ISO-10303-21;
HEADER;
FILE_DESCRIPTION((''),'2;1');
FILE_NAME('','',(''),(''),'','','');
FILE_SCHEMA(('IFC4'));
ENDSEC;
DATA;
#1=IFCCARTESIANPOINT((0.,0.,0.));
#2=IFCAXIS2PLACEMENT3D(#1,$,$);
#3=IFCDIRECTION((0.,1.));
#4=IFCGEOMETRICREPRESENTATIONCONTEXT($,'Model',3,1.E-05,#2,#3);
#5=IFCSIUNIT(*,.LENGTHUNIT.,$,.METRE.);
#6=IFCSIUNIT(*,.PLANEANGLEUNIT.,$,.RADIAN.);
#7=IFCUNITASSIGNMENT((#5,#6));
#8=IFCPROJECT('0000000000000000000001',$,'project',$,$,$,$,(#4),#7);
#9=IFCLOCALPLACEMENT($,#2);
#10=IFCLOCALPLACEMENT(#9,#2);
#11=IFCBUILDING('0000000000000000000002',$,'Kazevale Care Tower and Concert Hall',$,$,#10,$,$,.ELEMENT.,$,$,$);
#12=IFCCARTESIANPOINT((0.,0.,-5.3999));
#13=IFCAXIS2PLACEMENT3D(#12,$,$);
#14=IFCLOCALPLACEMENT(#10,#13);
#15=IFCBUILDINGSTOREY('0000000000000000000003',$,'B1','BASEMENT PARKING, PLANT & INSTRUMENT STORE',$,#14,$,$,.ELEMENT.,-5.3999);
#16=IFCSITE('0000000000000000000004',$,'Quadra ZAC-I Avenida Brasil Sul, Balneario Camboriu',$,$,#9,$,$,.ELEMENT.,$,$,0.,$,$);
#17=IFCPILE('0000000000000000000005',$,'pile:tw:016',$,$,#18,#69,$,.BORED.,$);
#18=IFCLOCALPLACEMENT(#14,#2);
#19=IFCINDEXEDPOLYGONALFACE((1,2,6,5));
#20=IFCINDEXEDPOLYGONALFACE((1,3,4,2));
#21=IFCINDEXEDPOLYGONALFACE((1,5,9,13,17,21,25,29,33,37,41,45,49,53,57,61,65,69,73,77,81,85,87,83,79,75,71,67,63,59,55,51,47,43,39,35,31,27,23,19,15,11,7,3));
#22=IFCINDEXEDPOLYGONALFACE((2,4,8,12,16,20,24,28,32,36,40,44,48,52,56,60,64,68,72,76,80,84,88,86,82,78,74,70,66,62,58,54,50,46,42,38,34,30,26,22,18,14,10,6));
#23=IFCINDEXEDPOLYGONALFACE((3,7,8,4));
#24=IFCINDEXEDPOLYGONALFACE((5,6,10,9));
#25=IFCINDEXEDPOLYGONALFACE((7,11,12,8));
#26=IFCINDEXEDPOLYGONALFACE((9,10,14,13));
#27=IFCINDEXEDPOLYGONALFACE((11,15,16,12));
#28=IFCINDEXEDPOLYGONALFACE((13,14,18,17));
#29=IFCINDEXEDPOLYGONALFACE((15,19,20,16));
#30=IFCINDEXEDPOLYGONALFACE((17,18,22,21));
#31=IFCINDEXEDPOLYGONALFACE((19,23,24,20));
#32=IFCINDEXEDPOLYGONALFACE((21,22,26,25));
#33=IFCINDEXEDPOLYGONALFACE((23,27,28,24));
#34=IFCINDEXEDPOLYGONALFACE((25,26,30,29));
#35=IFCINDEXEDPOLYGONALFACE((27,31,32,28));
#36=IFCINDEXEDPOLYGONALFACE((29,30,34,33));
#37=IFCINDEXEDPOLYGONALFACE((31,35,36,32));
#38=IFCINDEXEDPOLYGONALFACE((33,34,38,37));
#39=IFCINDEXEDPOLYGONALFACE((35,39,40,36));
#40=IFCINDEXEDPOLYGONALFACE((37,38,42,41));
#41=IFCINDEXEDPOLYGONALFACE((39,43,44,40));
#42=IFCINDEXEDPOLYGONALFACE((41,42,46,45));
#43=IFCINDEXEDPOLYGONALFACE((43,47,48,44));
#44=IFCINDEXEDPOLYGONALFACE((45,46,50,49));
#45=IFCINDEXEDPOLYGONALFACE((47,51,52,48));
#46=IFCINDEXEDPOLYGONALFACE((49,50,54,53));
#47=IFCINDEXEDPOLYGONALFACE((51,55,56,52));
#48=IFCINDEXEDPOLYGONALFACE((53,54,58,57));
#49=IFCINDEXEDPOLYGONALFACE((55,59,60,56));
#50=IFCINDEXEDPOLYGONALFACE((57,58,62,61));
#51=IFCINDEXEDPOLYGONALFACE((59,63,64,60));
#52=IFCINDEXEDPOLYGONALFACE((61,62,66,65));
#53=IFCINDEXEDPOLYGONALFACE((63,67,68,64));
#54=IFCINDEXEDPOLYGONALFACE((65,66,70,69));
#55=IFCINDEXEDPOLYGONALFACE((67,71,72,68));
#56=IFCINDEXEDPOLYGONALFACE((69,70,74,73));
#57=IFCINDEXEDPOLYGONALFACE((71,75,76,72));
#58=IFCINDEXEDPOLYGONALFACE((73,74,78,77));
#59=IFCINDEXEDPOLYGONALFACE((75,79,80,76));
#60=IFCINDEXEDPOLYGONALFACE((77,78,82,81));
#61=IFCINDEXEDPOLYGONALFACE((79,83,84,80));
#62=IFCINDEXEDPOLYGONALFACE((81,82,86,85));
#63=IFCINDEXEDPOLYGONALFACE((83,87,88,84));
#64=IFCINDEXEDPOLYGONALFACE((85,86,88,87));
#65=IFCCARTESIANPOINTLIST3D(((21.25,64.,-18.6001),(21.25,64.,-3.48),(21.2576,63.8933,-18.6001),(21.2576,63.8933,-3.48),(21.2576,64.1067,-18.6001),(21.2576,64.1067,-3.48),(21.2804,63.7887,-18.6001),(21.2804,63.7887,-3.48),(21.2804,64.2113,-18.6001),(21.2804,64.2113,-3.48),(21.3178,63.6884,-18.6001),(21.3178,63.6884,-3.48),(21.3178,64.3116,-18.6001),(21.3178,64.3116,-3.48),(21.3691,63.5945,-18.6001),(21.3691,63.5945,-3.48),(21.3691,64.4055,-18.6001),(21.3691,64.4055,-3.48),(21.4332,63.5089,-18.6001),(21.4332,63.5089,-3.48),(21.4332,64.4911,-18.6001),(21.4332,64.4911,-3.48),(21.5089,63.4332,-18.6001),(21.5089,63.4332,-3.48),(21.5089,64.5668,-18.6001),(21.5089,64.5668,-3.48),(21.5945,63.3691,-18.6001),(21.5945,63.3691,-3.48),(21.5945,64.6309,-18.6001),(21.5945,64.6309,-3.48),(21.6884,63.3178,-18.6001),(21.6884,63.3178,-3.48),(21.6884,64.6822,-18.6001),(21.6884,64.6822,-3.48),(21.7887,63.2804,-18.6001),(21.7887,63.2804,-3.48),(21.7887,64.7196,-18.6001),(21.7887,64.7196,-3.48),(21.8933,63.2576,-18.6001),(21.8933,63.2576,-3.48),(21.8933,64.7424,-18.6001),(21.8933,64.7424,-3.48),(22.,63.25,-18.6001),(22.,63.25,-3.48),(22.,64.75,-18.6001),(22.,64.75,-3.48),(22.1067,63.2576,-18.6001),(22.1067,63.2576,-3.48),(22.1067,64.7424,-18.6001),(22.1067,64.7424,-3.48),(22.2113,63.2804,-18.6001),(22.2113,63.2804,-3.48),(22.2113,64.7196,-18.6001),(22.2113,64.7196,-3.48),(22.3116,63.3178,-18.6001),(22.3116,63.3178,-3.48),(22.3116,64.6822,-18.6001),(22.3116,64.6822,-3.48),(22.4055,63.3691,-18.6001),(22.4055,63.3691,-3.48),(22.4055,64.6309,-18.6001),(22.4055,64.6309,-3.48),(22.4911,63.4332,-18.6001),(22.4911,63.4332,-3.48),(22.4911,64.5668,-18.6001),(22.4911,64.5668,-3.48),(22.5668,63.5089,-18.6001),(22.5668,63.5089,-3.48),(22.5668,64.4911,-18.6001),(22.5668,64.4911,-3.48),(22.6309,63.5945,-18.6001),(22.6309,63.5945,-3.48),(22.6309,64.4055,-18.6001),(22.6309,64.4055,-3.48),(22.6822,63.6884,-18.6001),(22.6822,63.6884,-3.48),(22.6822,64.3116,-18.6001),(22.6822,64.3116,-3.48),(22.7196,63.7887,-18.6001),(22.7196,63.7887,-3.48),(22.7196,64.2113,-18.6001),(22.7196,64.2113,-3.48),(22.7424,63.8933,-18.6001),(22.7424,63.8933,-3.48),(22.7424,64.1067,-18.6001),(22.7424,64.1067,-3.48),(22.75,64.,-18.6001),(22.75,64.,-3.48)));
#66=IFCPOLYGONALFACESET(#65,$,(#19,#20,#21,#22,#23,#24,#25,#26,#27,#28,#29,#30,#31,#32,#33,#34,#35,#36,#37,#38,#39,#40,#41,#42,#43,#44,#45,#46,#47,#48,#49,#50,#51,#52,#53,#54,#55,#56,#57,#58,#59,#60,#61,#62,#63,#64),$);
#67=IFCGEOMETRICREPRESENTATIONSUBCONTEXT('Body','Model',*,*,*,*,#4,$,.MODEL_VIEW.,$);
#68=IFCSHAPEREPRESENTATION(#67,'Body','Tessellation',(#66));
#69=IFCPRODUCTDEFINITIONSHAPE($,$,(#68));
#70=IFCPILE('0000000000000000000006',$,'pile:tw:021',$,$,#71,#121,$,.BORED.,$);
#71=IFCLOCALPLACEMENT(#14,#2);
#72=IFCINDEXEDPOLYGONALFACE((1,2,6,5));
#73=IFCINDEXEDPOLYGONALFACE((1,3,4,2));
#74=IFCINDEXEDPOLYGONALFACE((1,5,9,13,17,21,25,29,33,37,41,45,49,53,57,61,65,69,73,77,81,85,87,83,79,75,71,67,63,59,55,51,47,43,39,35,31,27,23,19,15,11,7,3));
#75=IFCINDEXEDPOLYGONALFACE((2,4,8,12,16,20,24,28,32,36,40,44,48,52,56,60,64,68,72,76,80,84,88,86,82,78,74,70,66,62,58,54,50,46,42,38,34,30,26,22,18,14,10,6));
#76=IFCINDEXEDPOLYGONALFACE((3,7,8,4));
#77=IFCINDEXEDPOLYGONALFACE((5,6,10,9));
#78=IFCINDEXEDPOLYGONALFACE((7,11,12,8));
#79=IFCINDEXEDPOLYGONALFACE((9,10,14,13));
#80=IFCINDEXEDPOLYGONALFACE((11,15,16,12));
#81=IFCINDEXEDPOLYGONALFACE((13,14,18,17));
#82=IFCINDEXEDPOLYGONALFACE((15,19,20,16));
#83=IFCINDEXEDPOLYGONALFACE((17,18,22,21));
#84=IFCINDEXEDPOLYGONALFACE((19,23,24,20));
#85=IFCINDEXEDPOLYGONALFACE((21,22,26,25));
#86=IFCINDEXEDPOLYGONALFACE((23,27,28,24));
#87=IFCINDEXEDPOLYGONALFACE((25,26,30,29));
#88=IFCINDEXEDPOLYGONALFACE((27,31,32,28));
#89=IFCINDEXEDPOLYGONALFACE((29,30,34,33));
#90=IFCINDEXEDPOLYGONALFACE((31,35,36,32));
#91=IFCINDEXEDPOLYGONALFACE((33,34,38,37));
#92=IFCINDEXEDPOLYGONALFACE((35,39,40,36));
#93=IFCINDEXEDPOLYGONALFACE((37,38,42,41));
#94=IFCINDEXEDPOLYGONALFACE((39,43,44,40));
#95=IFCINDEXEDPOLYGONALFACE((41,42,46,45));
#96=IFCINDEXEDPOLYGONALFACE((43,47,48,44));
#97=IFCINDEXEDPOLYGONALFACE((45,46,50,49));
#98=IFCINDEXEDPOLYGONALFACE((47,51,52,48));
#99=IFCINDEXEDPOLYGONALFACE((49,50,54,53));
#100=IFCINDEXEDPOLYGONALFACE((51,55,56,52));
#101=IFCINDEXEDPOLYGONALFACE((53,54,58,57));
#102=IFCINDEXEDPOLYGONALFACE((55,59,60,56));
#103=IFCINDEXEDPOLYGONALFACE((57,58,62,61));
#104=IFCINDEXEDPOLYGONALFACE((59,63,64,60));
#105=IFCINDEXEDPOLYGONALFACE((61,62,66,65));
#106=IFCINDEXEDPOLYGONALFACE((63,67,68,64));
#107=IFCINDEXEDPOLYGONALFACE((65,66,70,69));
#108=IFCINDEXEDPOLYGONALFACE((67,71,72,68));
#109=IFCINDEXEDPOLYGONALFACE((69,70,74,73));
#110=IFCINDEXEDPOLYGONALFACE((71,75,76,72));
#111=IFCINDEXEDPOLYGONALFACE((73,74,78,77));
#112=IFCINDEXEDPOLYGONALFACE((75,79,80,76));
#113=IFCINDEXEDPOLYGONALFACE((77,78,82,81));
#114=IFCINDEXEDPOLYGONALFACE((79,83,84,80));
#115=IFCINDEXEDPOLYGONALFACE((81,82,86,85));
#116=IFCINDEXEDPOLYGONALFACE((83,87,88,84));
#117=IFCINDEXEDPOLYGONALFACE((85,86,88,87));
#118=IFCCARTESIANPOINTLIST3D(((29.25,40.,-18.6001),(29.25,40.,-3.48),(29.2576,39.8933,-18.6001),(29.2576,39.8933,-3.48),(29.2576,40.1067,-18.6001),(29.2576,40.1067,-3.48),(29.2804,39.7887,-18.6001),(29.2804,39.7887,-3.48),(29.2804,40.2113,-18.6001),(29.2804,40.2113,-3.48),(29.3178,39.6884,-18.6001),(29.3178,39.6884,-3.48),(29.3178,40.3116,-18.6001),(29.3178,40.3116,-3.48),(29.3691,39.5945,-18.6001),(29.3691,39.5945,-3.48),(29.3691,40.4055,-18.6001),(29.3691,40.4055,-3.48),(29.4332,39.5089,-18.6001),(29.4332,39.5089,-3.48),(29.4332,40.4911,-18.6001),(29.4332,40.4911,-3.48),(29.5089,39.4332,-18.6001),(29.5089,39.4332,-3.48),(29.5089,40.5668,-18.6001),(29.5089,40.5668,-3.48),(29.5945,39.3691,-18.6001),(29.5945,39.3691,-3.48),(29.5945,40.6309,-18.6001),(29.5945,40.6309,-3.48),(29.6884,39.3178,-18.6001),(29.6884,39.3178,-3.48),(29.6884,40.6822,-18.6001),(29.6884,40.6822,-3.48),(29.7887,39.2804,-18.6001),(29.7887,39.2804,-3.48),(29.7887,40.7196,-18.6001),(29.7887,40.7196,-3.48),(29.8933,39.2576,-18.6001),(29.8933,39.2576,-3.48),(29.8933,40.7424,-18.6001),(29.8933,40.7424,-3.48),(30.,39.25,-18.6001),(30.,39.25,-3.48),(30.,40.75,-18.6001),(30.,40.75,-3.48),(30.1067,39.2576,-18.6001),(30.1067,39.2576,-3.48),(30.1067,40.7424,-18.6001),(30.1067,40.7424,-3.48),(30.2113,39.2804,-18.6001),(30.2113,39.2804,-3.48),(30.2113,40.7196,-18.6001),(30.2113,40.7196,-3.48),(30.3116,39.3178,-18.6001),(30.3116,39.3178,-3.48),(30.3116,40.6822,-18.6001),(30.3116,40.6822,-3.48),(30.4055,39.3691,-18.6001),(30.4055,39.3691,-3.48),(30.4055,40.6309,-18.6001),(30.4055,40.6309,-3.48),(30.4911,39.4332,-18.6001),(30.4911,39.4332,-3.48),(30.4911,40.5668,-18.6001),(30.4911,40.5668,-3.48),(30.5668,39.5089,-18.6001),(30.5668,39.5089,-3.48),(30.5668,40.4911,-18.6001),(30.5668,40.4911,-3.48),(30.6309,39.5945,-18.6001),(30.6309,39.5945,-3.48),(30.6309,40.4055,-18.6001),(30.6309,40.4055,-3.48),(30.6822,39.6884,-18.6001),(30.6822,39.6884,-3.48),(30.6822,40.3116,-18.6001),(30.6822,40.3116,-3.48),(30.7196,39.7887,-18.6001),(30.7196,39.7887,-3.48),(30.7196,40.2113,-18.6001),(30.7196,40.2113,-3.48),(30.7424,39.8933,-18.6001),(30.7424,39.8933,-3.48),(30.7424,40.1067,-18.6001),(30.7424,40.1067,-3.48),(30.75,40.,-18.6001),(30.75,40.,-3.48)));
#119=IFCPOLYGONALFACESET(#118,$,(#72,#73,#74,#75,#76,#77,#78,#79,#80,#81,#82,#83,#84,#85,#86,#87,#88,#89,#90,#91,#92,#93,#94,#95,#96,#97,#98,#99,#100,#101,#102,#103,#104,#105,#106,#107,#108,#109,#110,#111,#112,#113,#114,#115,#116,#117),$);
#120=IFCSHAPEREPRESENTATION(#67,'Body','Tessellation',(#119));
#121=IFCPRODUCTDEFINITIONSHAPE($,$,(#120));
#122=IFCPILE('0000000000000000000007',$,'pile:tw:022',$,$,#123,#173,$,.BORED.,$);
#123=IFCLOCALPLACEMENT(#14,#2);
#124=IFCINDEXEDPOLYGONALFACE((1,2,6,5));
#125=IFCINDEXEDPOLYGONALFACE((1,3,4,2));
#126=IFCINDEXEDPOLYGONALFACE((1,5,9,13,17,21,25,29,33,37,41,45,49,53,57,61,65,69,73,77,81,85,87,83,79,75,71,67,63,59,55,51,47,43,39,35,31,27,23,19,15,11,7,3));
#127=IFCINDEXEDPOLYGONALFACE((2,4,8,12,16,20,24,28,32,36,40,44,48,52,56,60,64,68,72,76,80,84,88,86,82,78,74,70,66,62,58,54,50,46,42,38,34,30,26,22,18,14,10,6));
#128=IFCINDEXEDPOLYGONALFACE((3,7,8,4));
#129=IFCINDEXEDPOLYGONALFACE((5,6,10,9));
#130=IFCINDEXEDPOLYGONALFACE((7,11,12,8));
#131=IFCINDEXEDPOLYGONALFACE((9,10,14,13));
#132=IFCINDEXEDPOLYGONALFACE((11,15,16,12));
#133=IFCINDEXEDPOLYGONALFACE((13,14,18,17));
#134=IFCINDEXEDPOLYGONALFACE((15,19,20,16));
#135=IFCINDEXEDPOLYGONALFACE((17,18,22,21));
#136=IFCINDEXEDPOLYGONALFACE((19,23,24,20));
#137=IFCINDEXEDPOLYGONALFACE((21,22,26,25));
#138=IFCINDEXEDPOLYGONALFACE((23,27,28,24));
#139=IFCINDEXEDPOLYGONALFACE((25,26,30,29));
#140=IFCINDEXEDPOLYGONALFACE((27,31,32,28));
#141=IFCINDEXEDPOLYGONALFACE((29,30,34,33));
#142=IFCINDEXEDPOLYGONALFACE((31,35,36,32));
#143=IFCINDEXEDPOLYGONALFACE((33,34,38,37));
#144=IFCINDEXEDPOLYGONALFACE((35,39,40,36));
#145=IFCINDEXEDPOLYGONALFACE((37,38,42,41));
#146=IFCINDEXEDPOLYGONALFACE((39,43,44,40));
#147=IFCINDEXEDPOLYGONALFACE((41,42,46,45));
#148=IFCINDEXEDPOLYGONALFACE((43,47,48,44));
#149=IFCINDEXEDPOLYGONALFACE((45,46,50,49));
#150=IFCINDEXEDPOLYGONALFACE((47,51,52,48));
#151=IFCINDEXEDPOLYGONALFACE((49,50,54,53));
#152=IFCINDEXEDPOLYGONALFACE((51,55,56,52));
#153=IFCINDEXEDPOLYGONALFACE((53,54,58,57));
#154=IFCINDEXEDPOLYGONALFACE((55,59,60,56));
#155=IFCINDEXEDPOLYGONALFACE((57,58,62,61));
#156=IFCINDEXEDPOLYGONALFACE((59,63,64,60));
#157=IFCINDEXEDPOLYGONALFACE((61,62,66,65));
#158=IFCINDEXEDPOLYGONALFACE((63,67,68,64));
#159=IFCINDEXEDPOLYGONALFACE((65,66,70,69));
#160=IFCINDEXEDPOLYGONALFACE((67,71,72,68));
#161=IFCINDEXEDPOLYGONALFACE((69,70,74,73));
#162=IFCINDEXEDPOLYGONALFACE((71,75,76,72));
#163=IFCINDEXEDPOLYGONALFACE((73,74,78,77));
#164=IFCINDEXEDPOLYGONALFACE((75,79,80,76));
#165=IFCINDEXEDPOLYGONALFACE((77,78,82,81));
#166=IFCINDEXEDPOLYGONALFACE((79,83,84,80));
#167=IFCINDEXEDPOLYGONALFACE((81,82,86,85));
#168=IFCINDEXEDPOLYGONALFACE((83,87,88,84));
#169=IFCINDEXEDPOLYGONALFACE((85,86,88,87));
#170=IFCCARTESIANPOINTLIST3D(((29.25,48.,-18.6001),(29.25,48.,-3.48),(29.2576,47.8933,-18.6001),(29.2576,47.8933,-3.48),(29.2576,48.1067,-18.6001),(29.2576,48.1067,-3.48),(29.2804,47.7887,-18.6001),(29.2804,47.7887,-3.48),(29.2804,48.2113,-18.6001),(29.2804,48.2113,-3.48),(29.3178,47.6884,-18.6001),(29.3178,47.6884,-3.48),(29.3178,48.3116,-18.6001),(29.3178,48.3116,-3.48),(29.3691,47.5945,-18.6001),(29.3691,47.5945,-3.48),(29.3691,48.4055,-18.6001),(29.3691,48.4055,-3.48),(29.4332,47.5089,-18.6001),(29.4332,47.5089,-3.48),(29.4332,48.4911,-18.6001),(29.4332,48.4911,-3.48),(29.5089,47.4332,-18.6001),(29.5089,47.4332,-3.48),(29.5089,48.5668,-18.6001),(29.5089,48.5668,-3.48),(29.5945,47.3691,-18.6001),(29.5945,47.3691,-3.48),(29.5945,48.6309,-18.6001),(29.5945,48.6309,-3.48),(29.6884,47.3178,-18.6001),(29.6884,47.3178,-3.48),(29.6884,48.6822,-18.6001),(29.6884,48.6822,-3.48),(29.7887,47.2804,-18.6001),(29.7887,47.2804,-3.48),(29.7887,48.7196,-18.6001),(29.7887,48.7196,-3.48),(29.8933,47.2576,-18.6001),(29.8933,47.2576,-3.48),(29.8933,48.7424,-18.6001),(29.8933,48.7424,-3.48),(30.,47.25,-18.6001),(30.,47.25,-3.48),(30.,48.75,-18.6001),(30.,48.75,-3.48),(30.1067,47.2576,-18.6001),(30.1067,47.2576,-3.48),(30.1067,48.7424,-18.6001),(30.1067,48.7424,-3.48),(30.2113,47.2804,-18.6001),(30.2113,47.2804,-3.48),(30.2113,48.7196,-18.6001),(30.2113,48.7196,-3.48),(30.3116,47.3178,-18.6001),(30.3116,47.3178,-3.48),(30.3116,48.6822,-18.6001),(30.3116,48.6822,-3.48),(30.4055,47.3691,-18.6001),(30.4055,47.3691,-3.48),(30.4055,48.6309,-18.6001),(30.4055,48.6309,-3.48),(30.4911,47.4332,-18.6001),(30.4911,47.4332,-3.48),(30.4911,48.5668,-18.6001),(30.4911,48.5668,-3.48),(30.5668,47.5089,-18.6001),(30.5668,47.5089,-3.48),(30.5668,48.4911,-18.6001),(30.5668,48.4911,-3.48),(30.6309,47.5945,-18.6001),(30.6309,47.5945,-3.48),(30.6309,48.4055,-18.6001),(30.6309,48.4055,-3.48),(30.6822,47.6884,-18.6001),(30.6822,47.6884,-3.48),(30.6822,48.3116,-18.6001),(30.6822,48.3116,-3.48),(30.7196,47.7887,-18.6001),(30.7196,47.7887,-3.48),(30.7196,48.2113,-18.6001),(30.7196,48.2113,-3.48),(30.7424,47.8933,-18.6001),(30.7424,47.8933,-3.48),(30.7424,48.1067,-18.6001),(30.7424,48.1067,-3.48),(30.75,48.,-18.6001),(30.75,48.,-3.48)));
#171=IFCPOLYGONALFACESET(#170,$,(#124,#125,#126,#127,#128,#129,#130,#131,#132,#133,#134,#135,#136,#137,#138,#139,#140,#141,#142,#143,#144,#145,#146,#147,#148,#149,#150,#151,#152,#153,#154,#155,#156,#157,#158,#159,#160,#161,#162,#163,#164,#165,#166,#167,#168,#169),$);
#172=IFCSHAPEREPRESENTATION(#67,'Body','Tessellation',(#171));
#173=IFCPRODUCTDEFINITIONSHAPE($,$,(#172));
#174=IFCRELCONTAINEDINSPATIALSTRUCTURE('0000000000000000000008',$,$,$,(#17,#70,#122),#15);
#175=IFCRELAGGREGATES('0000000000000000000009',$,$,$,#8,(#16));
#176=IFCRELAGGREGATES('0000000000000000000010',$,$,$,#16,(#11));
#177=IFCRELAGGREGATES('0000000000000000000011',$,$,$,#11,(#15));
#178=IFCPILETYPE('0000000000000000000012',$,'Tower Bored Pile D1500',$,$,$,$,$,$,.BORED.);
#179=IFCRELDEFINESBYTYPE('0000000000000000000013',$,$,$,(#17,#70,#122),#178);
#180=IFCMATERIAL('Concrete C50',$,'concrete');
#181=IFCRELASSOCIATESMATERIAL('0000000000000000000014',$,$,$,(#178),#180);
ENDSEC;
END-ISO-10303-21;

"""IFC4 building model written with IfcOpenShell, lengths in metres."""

from ifc_helpers import new_model, si_unit, direction, frame, origin, origin_2d, place, context, subcontext, project, spatial, circle, extrude, material, material_profile, profile_set, type_object, element, save


model = new_model("IFC4")

# Units and contexts
model_context = context("Model", 3, precision=1e-05, world=origin(), true_north=direction((0.0, 1.0)))
body_context = subcontext(model_context, "Body", "Model", "MODEL_VIEW")
ifc_project = project(units=[si_unit("LENGTHUNIT", "METRE"), si_unit("PLANEANGLEUNIT", "RADIAN")], contexts=[model_context])

# Site, building, storey
site_placement = place(None, origin())
site = spatial("IfcSite", under=ifc_project, at=site_placement, Name="Quadra ZAC-I Avenida Brasil Sul, Balneario Camboriu", CompositionType="ELEMENT", RefElevation=0.0)
building_placement = place(site_placement, origin())
building = spatial("IfcBuilding", under=site, at=building_placement, Name="Kazevale Care Tower and Concert Hall", CompositionType="ELEMENT")
storey_placement = place(building_placement, frame((0.0, 0.0, -5.3999)))
storey = spatial("IfcBuildingStorey", under=building, at=storey_placement, Name="B1", Description="BASEMENT PARKING, PLANT & INSTRUMENT STORE", CompositionType="ELEMENT", Elevation=-5.3999)

# Shared definitions
ifc_material_1 = material(Name="Concrete C50", Category="concrete")

# Piles
ifc_material_profile_1 = material_profile(ifc_material_1, circle(Radius=0.75, at=origin_2d()), Name="PILE-D1500")
ifc_profile_set_1 = profile_set([ifc_material_profile_1], Name="Concrete C50")
pile_type = type_object("IfcPileType", Name="Tower Bored Pile D1500", PredefinedType="BORED", material=ifc_profile_set_1)
for number, where, z_axis, x_axis, name in (
    (1, (22.0, 64.0, -3.48), (0.0, 0.0, -1.0), (1.0, 0.0, 0.0), "pile:tw:016"),
    (2, (30.0, 40.0, -3.48), (0.0, 0.0, -1.0), (1.0, 0.0, 0.0), "pile:tw:021"),
    (3, (30.0, 48.0, -3.48), (0.0, 0.0, -1.0), (1.0, 0.0, 0.0), "pile:tw:022"),
):
    element("IfcPile", number, at=place(storey_placement, frame(where, z_axis=z_axis, x_axis=x_axis)), inside=storey, type_object=pile_type, Name=name, PredefinedType="BORED", context=body_context, shape_type="SweptSolid", body=[
        extrude(circle(Radius=0.75, at=origin_2d()), origin(), (0.0, 0.0, 1.0), 15.1201),
    ])

save(model, "model.ifc")
